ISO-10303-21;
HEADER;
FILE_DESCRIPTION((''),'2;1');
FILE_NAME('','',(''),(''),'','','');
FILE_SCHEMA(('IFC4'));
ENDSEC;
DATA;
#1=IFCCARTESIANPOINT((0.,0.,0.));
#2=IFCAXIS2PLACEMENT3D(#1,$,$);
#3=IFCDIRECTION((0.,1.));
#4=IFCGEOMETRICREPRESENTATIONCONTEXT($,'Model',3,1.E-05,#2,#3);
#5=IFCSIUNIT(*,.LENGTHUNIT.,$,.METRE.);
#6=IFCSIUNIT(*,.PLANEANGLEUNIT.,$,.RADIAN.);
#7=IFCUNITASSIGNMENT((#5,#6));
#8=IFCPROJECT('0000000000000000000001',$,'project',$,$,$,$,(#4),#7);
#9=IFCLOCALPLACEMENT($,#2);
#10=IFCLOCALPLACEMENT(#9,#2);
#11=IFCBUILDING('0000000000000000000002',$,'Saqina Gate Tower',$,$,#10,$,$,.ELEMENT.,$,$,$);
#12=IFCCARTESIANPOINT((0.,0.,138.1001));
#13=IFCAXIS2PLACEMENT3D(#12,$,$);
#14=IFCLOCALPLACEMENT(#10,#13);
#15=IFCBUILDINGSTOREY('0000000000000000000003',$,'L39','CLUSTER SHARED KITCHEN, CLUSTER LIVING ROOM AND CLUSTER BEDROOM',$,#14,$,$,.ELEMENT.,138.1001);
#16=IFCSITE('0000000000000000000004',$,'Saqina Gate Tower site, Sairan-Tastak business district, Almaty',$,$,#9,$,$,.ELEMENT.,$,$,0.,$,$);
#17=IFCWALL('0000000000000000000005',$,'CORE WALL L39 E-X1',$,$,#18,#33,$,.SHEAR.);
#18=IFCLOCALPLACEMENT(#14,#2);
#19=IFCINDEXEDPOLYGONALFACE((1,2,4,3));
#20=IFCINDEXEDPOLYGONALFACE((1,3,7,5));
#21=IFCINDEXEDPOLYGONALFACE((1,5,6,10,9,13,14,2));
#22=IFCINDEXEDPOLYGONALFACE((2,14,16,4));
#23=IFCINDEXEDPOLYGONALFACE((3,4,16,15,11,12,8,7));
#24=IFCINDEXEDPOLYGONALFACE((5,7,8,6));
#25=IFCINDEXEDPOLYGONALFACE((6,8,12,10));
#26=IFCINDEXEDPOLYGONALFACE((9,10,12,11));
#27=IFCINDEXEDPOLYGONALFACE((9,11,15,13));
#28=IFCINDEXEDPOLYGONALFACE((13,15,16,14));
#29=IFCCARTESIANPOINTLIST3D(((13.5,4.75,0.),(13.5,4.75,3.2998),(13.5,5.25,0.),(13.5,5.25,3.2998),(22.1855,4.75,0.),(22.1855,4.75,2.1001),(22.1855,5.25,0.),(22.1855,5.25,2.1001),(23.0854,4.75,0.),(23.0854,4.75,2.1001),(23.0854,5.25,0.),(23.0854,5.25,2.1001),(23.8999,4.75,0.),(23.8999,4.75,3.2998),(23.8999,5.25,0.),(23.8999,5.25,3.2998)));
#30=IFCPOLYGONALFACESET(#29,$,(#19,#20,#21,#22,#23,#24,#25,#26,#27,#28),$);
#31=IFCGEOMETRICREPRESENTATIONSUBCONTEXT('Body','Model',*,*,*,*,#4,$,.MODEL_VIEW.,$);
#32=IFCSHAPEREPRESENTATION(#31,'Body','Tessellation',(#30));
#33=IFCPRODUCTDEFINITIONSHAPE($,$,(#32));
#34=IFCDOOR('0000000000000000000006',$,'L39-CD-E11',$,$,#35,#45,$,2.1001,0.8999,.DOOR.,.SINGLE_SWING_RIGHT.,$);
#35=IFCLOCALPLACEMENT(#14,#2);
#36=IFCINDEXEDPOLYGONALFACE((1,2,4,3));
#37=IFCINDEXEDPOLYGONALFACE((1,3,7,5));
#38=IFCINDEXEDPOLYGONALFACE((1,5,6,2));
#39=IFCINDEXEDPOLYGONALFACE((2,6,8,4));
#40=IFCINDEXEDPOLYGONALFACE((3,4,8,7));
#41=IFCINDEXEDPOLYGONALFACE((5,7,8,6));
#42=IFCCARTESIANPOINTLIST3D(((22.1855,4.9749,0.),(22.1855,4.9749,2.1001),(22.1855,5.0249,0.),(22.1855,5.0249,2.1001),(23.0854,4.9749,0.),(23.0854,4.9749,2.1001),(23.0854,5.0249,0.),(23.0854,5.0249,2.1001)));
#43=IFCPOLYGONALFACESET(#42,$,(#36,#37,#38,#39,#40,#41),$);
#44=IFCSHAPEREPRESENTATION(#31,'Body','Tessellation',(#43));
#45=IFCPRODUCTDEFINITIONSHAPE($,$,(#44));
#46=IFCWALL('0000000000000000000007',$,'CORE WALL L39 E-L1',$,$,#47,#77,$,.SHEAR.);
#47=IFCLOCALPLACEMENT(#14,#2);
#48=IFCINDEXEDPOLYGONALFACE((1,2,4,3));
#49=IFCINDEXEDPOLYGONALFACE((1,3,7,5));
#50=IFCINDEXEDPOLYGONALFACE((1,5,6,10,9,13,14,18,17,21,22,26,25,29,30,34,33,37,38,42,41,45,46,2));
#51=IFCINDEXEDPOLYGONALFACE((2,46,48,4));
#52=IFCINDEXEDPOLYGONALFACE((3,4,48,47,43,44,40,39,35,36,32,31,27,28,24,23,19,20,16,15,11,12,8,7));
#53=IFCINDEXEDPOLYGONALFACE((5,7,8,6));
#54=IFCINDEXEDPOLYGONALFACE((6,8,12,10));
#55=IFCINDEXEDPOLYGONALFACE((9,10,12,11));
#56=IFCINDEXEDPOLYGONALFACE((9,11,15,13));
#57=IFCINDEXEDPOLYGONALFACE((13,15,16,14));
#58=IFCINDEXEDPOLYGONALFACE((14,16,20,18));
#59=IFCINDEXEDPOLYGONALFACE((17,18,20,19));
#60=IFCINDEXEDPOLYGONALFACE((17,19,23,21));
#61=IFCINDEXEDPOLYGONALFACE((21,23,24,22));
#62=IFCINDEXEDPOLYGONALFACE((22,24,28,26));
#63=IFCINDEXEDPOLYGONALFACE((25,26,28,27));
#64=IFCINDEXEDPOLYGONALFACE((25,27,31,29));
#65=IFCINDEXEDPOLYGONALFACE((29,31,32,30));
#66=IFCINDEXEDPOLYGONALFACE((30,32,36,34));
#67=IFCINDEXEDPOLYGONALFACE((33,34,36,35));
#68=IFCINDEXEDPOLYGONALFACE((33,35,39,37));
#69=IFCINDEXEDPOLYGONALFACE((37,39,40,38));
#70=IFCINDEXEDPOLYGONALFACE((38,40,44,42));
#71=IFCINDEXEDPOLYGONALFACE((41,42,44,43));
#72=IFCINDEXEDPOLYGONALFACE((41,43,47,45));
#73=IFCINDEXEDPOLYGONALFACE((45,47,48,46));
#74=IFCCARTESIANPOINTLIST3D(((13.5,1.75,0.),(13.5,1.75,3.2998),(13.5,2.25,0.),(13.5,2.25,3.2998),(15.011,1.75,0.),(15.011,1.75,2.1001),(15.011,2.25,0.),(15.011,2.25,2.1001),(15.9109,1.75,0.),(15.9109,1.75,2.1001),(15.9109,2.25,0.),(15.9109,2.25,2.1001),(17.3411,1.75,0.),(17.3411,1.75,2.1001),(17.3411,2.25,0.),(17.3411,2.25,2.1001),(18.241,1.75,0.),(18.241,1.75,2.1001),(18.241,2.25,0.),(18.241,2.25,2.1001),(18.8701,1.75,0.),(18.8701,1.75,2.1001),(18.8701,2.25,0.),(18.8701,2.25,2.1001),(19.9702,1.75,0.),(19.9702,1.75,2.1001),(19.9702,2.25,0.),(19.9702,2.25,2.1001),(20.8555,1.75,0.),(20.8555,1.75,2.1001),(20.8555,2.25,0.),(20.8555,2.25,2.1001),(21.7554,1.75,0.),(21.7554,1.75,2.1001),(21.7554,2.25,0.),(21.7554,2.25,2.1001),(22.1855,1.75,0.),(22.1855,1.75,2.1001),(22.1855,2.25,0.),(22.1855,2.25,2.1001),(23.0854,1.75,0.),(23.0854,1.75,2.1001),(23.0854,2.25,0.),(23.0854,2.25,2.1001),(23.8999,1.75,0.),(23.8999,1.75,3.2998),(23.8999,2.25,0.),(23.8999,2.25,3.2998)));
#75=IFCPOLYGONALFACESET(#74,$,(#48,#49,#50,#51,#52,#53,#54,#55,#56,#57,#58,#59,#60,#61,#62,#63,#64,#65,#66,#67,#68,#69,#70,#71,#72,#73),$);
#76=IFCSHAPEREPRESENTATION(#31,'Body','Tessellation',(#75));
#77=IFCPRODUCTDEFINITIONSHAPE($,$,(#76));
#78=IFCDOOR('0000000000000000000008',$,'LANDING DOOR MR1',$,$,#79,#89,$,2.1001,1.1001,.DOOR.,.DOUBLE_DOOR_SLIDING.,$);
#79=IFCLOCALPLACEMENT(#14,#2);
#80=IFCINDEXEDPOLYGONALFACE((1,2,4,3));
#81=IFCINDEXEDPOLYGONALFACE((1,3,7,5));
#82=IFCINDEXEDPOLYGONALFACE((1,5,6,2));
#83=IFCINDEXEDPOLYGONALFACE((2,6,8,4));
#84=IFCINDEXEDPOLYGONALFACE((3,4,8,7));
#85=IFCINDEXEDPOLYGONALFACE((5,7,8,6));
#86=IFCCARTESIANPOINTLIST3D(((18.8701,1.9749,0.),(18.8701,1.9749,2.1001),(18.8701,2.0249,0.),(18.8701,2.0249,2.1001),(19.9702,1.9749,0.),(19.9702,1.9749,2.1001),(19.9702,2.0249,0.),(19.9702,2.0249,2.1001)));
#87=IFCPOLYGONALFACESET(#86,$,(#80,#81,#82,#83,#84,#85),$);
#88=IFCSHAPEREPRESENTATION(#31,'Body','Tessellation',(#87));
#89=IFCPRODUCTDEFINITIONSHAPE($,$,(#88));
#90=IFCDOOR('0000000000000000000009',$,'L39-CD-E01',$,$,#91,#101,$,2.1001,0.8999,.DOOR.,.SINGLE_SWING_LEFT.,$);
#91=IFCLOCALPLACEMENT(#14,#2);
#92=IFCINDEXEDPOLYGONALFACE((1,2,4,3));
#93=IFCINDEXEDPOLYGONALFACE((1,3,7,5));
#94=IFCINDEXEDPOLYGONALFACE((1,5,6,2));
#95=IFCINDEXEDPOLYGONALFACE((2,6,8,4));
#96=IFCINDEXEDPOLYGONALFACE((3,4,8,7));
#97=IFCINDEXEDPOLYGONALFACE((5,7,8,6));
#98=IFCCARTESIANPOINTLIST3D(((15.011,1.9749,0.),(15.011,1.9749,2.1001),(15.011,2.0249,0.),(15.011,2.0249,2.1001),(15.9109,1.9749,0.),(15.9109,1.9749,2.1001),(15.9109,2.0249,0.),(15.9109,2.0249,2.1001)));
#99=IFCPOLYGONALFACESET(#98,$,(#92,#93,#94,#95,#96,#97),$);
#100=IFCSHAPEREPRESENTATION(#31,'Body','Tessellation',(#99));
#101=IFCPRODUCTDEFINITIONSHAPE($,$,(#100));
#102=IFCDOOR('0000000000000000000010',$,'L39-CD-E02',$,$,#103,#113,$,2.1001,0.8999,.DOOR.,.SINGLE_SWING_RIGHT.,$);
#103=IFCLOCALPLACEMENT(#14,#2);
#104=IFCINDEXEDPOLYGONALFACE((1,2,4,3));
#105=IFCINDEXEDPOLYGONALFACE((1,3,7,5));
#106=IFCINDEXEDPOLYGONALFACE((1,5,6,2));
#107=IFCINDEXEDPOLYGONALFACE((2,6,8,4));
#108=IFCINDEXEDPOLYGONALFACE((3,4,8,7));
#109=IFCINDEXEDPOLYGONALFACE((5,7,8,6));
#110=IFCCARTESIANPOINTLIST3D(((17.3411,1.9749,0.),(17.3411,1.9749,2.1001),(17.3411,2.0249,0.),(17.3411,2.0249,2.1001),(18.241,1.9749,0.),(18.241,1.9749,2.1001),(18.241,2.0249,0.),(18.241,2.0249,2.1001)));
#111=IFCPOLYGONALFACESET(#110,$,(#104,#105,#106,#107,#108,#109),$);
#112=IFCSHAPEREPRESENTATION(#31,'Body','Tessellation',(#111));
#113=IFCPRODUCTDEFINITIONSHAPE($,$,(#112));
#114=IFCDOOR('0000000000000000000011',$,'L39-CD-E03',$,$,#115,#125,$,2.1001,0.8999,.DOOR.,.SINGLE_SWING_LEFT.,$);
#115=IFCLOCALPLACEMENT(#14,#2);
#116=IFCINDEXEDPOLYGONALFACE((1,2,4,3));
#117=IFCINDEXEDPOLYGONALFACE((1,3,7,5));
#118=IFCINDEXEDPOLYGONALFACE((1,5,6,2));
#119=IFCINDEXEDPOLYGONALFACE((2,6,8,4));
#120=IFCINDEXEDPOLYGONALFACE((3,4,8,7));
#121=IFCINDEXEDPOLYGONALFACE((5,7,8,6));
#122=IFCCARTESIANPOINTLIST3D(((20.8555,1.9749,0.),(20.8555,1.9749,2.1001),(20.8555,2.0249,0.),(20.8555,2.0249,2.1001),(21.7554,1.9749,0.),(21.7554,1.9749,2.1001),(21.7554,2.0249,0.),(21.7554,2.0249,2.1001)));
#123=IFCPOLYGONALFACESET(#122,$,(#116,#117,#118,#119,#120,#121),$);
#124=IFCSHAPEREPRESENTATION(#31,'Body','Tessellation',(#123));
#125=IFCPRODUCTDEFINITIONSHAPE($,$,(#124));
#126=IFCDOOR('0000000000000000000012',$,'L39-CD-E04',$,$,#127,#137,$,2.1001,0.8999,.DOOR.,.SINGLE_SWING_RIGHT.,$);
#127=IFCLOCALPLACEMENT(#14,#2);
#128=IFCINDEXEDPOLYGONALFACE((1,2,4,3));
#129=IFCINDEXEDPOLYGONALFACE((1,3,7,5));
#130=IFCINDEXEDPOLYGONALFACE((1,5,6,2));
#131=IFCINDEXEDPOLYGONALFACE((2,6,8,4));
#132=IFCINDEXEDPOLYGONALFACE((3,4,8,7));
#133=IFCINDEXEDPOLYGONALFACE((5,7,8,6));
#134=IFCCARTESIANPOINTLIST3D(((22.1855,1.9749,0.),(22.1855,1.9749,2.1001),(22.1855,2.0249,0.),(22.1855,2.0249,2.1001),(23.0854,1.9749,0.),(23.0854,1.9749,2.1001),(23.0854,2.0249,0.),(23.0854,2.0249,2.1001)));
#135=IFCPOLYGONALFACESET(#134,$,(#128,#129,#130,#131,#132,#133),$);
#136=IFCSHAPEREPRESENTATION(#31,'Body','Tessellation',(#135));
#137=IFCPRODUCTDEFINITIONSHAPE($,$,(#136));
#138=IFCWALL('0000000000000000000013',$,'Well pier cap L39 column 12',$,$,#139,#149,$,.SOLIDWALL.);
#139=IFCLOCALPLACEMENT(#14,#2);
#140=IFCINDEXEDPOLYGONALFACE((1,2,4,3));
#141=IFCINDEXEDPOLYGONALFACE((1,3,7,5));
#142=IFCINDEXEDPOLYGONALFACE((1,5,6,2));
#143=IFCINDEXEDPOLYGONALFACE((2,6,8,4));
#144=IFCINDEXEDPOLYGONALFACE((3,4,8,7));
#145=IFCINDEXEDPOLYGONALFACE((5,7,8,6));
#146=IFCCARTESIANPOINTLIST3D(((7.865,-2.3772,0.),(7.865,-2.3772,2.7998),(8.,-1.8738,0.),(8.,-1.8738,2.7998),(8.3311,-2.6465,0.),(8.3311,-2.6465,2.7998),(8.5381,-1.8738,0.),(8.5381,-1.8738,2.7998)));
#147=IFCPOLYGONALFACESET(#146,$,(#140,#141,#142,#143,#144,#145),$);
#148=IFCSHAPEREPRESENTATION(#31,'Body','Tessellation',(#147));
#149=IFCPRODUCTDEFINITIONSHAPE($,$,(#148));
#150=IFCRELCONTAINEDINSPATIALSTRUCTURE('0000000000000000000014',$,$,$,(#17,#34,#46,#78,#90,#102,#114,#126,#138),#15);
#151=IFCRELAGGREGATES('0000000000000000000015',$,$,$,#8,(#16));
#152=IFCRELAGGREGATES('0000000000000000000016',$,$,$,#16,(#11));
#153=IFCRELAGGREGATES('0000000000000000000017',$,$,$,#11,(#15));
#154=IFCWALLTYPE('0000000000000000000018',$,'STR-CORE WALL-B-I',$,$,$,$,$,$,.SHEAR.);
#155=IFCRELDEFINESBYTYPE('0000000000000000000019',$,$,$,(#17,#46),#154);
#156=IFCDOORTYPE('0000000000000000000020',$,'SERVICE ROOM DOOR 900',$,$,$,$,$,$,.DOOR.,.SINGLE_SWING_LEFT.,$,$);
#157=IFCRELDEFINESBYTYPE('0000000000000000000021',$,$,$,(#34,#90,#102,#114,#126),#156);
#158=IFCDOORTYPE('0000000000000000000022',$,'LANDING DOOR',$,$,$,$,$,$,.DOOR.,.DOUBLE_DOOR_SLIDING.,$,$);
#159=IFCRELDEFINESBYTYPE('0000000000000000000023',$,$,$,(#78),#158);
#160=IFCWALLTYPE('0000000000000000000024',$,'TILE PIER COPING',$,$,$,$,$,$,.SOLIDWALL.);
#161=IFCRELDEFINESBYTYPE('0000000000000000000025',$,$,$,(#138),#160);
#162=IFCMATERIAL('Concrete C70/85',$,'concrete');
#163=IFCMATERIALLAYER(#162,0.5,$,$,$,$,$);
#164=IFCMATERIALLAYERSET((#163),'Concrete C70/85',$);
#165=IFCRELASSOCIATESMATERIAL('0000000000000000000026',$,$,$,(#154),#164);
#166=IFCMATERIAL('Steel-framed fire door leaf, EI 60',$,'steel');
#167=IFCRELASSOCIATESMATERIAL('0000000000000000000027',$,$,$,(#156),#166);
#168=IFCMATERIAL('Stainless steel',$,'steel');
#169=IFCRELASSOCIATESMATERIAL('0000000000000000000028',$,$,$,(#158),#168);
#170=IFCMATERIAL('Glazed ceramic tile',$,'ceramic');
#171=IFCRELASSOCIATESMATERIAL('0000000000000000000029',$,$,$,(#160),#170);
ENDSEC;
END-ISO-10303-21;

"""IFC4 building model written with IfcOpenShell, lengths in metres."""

from ifc_helpers import new_model, si_unit, direction, frame, frame_2d, origin, place, context, subcontext, project, spatial, polyline, rectangle, outline, extrude, material, layer, layer_set, type_object, element, fill, save


model = new_model("IFC4")

# Units and contexts
model_context = context("Model", 3, precision=1e-05, world=origin(), true_north=direction((0.0, 1.0)))
body_context = subcontext(model_context, "Body", "Model", "MODEL_VIEW")
ifc_project = project(units=[si_unit("LENGTHUNIT", "METRE"), si_unit("PLANEANGLEUNIT", "RADIAN")], contexts=[model_context])

# Site, building, storey
site_placement = place(None, origin())
site = spatial("IfcSite", under=ifc_project, at=site_placement, Name="Saqina Gate Tower site, Sairan-Tastak business district, Almaty", CompositionType="ELEMENT", RefElevation=0.0)
building_placement = place(site_placement, origin())
building = spatial("IfcBuilding", under=site, at=building_placement, Name="Saqina Gate Tower", CompositionType="ELEMENT")
storey_placement = place(building_placement, frame((0.0, 0.0, 138.1001)))
storey = spatial("IfcBuildingStorey", under=building, at=storey_placement, Name="L39", Description="CLUSTER SHARED KITCHEN, CLUSTER LIVING ROOM AND CLUSTER BEDROOM", CompositionType="ELEMENT", Elevation=138.1001)

# Wall, opening, door
ifc_material_1 = material(Name="Concrete C70/85", Category="concrete")
ifc_layer_1 = layer(ifc_material_1, 0.5)
ifc_layer_set_1 = layer_set([ifc_layer_1], Name="Concrete C70/85")
wall_type_1 = type_object("IfcWallType", Name="STR-CORE WALL-B-I", PredefinedType="SHEAR", material=ifc_layer_set_1)
wall_1_placement = place(storey_placement, frame((13.5, 5.0, 0.0), z_axis=(0.0, 0.0, 1.0), x_axis=(1.0, 0.0, 0.0)))
wall_1 = element("IfcWall", 1, at=wall_1_placement, inside=storey, type_object=wall_type_1, Name="CORE WALL L39 E-X1", PredefinedType="SHEAR", context=body_context, shape_type="SweptSolid", body=[
    extrude(rectangle(XDim=10.3999, YDim=0.5, at=frame_2d((5.2, 0.0))), origin(), (0.0, 0.0, 1.0), 3.2998),
])
opening_1_placement = place(wall_1_placement, frame((8.6855, 0.0, 0.0)))
opening_1 = element("IfcOpeningElement", 2, at=opening_1_placement, cuts=wall_1, PredefinedType="OPENING", context=body_context, shape_type="SweptSolid", body=[
    extrude(rectangle(XDim=0.8999, YDim=2.1001, at=frame_2d((0.45, 1.05))), frame((0.0, 0.262, 0.0), z_axis=(0.0, -1.0, 0.0), x_axis=(1.0, 0.0, 0.0)), (0.0, 0.0, 1.0), 0.5239),
])
ifc_material_2 = material(Name="Steel-framed fire door leaf, EI 60", Category="steel")
door_type_1 = type_object("IfcDoorType", Name="SERVICE ROOM DOOR 900", OperationType="SINGLE_SWING_LEFT", PredefinedType="DOOR", material=ifc_material_2)
door_1_placement = place(opening_1_placement, origin())
door_1 = element("IfcDoor", 3, at=door_1_placement, inside=storey, type_object=door_type_1, Name="L39-CD-E11", OperationType="SINGLE_SWING_RIGHT", OverallHeight=2.1001, OverallWidth=0.8999, PredefinedType="DOOR", context=body_context, shape_type="SweptSolid", body=[
    extrude(rectangle(XDim=0.8999, YDim=2.1001, at=frame_2d((0.45, 1.05))), frame((0.0, 0.0249, 0.0), z_axis=(0.0, -1.0, 0.0), x_axis=(1.0, 0.0, 0.0)), (0.0, 0.0, 1.0), 0.05),
])
fill(opening_1, door_1)

# Wall, openings, doors
wall_2_placement = place(storey_placement, frame((13.5, 2.0, 0.0), z_axis=(0.0, 0.0, 1.0), x_axis=(1.0, 0.0, 0.0)))
wall_2 = element("IfcWall", 4, at=wall_2_placement, inside=storey, type_object=wall_type_1, Name="CORE WALL L39 E-L1", PredefinedType="SHEAR", context=body_context, shape_type="SweptSolid", body=[
    extrude(rectangle(XDim=10.3999, YDim=0.5, at=frame_2d((5.2, 0.0))), origin(), (0.0, 0.0, 1.0), 3.2998),
])
opening_2_placement = place(wall_2_placement, frame((5.3701, 0.0, 0.0)))
opening_2 = element("IfcOpeningElement", 5, at=opening_2_placement, cuts=wall_2, PredefinedType="OPENING", context=body_context, shape_type="SweptSolid", body=[
    extrude(rectangle(XDim=1.1001, YDim=2.1001, at=frame_2d((0.55, 1.05))), frame((0.0, 0.262, 0.0), z_axis=(0.0, -1.0, 0.0), x_axis=(1.0, 0.0, 0.0)), (0.0, 0.0, 1.0), 0.5239),
])
opening_3_placement = place(wall_2_placement, frame((1.511, 0.0, 0.0)))
opening_3 = element("IfcOpeningElement", 6, at=opening_3_placement, cuts=wall_2, PredefinedType="OPENING", context=body_context, shape_type="SweptSolid", body=[
    extrude(rectangle(XDim=0.8999, YDim=2.1001, at=frame_2d((0.45, 1.05))), frame((0.0, 0.262, 0.0), z_axis=(0.0, -1.0, 0.0), x_axis=(1.0, 0.0, 0.0)), (0.0, 0.0, 1.0), 0.5239),
])
opening_4_placement = place(wall_2_placement, frame((3.8411, 0.0, 0.0)))
opening_4 = element("IfcOpeningElement", 7, at=opening_4_placement, cuts=wall_2, PredefinedType="OPENING", context=body_context, shape_type="SweptSolid", body=[
    extrude(rectangle(XDim=0.8999, YDim=2.1001, at=frame_2d((0.45, 1.05))), frame((0.0, 0.262, 0.0), z_axis=(0.0, -1.0, 0.0), x_axis=(1.0, 0.0, 0.0)), (0.0, 0.0, 1.0), 0.5239),
])
opening_5_placement = place(wall_2_placement, frame((7.3555, 0.0, 0.0)))
opening_5 = element("IfcOpeningElement", 8, at=opening_5_placement, cuts=wall_2, PredefinedType="OPENING", context=body_context, shape_type="SweptSolid", body=[
    extrude(rectangle(XDim=0.8999, YDim=2.1001, at=frame_2d((0.45, 1.05))), frame((0.0, 0.262, 0.0), z_axis=(0.0, -1.0, 0.0), x_axis=(1.0, 0.0, 0.0)), (0.0, 0.0, 1.0), 0.5239),
])
opening_6_placement = place(wall_2_placement, frame((8.6855, 0.0, 0.0)))
opening_6 = element("IfcOpeningElement", 9, at=opening_6_placement, cuts=wall_2, PredefinedType="OPENING", context=body_context, shape_type="SweptSolid", body=[
    extrude(rectangle(XDim=0.8999, YDim=2.1001, at=frame_2d((0.45, 1.05))), frame((0.0, 0.262, 0.0), z_axis=(0.0, -1.0, 0.0), x_axis=(1.0, 0.0, 0.0)), (0.0, 0.0, 1.0), 0.5239),
])
ifc_material_3 = material(Name="Stainless steel", Category="steel")
door_type_2 = type_object("IfcDoorType", Name="LANDING DOOR", OperationType="DOUBLE_DOOR_SLIDING", PredefinedType="DOOR", material=ifc_material_3)
door_2_placement = place(opening_2_placement, origin())
door_2 = element("IfcDoor", 10, at=door_2_placement, inside=storey, type_object=door_type_2, Name="LANDING DOOR MR1", OperationType="DOUBLE_DOOR_SLIDING", OverallHeight=2.1001, OverallWidth=1.1001, PredefinedType="DOOR", context=body_context, shape_type="SweptSolid", body=[
    extrude(rectangle(XDim=1.1001, YDim=2.1001, at=frame_2d((0.55, 1.05))), frame((0.0, 0.0249, 0.0), z_axis=(0.0, -1.0, 0.0), x_axis=(1.0, 0.0, 0.0)), (0.0, 0.0, 1.0), 0.05),
])
fill(opening_2, door_2)
door_3_placement = place(opening_3_placement, origin())
door_3 = element("IfcDoor", 11, at=door_3_placement, inside=storey, type_object=door_type_1, Name="L39-CD-E01", OperationType="SINGLE_SWING_LEFT", OverallHeight=2.1001, OverallWidth=0.8999, PredefinedType="DOOR", context=body_context, shape_type="SweptSolid", body=[
    extrude(rectangle(XDim=0.8999, YDim=2.1001, at=frame_2d((0.45, 1.05))), frame((0.0, 0.0249, 0.0), z_axis=(0.0, -1.0, 0.0), x_axis=(1.0, 0.0, 0.0)), (0.0, 0.0, 1.0), 0.05),
])
fill(opening_3, door_3)
door_4_placement = place(opening_4_placement, origin())
door_4 = element("IfcDoor", 12, at=door_4_placement, inside=storey, type_object=door_type_1, Name="L39-CD-E02", OperationType="SINGLE_SWING_RIGHT", OverallHeight=2.1001, OverallWidth=0.8999, PredefinedType="DOOR", context=body_context, shape_type="SweptSolid", body=[
    extrude(rectangle(XDim=0.8999, YDim=2.1001, at=frame_2d((0.45, 1.05))), frame((0.0, 0.0249, 0.0), z_axis=(0.0, -1.0, 0.0), x_axis=(1.0, 0.0, 0.0)), (0.0, 0.0, 1.0), 0.05),
])
fill(opening_4, door_4)
door_5_placement = place(opening_5_placement, origin())
door_5 = element("IfcDoor", 13, at=door_5_placement, inside=storey, type_object=door_type_1, Name="L39-CD-E03", OperationType="SINGLE_SWING_LEFT", OverallHeight=2.1001, OverallWidth=0.8999, PredefinedType="DOOR", context=body_context, shape_type="SweptSolid", body=[
    extrude(rectangle(XDim=0.8999, YDim=2.1001, at=frame_2d((0.45, 1.05))), frame((0.0, 0.0249, 0.0), z_axis=(0.0, -1.0, 0.0), x_axis=(1.0, 0.0, 0.0)), (0.0, 0.0, 1.0), 0.05),
])
fill(opening_5, door_5)
door_6_placement = place(opening_6_placement, origin())
door_6 = element("IfcDoor", 14, at=door_6_placement, inside=storey, type_object=door_type_1, Name="L39-CD-E04", OperationType="SINGLE_SWING_RIGHT", OverallHeight=2.1001, OverallWidth=0.8999, PredefinedType="DOOR", context=body_context, shape_type="SweptSolid", body=[
    extrude(rectangle(XDim=0.8999, YDim=2.1001, at=frame_2d((0.45, 1.05))), frame((0.0, 0.0249, 0.0), z_axis=(0.0, -1.0, 0.0), x_axis=(1.0, 0.0, 0.0)), (0.0, 0.0, 1.0), 0.05),
])
fill(opening_6, door_6)

# Wall
ifc_material_4 = material(Name="Glazed ceramic tile", Category="ceramic")
wall_type_2 = type_object("IfcWallType", Name="TILE PIER COPING", PredefinedType="SOLIDWALL", material=ifc_material_4)
wall_3_placement = place(storey_placement, origin())
element("IfcWall", 15, at=wall_3_placement, inside=storey, type_object=wall_type_2, Name="Well pier cap L39 column 12", PredefinedType="SOLIDWALL", context=body_context, shape_type="SweptSolid", body=[
    extrude(outline(polyline([(8.5381, -1.8738), (8.0, -1.8738), (7.865, -2.3772), (8.3311, -2.6465), (8.5381, -1.8738)])), origin(), (0.0, 0.0, 1.0), 2.7998),
])

save(model, "model.ifc")
